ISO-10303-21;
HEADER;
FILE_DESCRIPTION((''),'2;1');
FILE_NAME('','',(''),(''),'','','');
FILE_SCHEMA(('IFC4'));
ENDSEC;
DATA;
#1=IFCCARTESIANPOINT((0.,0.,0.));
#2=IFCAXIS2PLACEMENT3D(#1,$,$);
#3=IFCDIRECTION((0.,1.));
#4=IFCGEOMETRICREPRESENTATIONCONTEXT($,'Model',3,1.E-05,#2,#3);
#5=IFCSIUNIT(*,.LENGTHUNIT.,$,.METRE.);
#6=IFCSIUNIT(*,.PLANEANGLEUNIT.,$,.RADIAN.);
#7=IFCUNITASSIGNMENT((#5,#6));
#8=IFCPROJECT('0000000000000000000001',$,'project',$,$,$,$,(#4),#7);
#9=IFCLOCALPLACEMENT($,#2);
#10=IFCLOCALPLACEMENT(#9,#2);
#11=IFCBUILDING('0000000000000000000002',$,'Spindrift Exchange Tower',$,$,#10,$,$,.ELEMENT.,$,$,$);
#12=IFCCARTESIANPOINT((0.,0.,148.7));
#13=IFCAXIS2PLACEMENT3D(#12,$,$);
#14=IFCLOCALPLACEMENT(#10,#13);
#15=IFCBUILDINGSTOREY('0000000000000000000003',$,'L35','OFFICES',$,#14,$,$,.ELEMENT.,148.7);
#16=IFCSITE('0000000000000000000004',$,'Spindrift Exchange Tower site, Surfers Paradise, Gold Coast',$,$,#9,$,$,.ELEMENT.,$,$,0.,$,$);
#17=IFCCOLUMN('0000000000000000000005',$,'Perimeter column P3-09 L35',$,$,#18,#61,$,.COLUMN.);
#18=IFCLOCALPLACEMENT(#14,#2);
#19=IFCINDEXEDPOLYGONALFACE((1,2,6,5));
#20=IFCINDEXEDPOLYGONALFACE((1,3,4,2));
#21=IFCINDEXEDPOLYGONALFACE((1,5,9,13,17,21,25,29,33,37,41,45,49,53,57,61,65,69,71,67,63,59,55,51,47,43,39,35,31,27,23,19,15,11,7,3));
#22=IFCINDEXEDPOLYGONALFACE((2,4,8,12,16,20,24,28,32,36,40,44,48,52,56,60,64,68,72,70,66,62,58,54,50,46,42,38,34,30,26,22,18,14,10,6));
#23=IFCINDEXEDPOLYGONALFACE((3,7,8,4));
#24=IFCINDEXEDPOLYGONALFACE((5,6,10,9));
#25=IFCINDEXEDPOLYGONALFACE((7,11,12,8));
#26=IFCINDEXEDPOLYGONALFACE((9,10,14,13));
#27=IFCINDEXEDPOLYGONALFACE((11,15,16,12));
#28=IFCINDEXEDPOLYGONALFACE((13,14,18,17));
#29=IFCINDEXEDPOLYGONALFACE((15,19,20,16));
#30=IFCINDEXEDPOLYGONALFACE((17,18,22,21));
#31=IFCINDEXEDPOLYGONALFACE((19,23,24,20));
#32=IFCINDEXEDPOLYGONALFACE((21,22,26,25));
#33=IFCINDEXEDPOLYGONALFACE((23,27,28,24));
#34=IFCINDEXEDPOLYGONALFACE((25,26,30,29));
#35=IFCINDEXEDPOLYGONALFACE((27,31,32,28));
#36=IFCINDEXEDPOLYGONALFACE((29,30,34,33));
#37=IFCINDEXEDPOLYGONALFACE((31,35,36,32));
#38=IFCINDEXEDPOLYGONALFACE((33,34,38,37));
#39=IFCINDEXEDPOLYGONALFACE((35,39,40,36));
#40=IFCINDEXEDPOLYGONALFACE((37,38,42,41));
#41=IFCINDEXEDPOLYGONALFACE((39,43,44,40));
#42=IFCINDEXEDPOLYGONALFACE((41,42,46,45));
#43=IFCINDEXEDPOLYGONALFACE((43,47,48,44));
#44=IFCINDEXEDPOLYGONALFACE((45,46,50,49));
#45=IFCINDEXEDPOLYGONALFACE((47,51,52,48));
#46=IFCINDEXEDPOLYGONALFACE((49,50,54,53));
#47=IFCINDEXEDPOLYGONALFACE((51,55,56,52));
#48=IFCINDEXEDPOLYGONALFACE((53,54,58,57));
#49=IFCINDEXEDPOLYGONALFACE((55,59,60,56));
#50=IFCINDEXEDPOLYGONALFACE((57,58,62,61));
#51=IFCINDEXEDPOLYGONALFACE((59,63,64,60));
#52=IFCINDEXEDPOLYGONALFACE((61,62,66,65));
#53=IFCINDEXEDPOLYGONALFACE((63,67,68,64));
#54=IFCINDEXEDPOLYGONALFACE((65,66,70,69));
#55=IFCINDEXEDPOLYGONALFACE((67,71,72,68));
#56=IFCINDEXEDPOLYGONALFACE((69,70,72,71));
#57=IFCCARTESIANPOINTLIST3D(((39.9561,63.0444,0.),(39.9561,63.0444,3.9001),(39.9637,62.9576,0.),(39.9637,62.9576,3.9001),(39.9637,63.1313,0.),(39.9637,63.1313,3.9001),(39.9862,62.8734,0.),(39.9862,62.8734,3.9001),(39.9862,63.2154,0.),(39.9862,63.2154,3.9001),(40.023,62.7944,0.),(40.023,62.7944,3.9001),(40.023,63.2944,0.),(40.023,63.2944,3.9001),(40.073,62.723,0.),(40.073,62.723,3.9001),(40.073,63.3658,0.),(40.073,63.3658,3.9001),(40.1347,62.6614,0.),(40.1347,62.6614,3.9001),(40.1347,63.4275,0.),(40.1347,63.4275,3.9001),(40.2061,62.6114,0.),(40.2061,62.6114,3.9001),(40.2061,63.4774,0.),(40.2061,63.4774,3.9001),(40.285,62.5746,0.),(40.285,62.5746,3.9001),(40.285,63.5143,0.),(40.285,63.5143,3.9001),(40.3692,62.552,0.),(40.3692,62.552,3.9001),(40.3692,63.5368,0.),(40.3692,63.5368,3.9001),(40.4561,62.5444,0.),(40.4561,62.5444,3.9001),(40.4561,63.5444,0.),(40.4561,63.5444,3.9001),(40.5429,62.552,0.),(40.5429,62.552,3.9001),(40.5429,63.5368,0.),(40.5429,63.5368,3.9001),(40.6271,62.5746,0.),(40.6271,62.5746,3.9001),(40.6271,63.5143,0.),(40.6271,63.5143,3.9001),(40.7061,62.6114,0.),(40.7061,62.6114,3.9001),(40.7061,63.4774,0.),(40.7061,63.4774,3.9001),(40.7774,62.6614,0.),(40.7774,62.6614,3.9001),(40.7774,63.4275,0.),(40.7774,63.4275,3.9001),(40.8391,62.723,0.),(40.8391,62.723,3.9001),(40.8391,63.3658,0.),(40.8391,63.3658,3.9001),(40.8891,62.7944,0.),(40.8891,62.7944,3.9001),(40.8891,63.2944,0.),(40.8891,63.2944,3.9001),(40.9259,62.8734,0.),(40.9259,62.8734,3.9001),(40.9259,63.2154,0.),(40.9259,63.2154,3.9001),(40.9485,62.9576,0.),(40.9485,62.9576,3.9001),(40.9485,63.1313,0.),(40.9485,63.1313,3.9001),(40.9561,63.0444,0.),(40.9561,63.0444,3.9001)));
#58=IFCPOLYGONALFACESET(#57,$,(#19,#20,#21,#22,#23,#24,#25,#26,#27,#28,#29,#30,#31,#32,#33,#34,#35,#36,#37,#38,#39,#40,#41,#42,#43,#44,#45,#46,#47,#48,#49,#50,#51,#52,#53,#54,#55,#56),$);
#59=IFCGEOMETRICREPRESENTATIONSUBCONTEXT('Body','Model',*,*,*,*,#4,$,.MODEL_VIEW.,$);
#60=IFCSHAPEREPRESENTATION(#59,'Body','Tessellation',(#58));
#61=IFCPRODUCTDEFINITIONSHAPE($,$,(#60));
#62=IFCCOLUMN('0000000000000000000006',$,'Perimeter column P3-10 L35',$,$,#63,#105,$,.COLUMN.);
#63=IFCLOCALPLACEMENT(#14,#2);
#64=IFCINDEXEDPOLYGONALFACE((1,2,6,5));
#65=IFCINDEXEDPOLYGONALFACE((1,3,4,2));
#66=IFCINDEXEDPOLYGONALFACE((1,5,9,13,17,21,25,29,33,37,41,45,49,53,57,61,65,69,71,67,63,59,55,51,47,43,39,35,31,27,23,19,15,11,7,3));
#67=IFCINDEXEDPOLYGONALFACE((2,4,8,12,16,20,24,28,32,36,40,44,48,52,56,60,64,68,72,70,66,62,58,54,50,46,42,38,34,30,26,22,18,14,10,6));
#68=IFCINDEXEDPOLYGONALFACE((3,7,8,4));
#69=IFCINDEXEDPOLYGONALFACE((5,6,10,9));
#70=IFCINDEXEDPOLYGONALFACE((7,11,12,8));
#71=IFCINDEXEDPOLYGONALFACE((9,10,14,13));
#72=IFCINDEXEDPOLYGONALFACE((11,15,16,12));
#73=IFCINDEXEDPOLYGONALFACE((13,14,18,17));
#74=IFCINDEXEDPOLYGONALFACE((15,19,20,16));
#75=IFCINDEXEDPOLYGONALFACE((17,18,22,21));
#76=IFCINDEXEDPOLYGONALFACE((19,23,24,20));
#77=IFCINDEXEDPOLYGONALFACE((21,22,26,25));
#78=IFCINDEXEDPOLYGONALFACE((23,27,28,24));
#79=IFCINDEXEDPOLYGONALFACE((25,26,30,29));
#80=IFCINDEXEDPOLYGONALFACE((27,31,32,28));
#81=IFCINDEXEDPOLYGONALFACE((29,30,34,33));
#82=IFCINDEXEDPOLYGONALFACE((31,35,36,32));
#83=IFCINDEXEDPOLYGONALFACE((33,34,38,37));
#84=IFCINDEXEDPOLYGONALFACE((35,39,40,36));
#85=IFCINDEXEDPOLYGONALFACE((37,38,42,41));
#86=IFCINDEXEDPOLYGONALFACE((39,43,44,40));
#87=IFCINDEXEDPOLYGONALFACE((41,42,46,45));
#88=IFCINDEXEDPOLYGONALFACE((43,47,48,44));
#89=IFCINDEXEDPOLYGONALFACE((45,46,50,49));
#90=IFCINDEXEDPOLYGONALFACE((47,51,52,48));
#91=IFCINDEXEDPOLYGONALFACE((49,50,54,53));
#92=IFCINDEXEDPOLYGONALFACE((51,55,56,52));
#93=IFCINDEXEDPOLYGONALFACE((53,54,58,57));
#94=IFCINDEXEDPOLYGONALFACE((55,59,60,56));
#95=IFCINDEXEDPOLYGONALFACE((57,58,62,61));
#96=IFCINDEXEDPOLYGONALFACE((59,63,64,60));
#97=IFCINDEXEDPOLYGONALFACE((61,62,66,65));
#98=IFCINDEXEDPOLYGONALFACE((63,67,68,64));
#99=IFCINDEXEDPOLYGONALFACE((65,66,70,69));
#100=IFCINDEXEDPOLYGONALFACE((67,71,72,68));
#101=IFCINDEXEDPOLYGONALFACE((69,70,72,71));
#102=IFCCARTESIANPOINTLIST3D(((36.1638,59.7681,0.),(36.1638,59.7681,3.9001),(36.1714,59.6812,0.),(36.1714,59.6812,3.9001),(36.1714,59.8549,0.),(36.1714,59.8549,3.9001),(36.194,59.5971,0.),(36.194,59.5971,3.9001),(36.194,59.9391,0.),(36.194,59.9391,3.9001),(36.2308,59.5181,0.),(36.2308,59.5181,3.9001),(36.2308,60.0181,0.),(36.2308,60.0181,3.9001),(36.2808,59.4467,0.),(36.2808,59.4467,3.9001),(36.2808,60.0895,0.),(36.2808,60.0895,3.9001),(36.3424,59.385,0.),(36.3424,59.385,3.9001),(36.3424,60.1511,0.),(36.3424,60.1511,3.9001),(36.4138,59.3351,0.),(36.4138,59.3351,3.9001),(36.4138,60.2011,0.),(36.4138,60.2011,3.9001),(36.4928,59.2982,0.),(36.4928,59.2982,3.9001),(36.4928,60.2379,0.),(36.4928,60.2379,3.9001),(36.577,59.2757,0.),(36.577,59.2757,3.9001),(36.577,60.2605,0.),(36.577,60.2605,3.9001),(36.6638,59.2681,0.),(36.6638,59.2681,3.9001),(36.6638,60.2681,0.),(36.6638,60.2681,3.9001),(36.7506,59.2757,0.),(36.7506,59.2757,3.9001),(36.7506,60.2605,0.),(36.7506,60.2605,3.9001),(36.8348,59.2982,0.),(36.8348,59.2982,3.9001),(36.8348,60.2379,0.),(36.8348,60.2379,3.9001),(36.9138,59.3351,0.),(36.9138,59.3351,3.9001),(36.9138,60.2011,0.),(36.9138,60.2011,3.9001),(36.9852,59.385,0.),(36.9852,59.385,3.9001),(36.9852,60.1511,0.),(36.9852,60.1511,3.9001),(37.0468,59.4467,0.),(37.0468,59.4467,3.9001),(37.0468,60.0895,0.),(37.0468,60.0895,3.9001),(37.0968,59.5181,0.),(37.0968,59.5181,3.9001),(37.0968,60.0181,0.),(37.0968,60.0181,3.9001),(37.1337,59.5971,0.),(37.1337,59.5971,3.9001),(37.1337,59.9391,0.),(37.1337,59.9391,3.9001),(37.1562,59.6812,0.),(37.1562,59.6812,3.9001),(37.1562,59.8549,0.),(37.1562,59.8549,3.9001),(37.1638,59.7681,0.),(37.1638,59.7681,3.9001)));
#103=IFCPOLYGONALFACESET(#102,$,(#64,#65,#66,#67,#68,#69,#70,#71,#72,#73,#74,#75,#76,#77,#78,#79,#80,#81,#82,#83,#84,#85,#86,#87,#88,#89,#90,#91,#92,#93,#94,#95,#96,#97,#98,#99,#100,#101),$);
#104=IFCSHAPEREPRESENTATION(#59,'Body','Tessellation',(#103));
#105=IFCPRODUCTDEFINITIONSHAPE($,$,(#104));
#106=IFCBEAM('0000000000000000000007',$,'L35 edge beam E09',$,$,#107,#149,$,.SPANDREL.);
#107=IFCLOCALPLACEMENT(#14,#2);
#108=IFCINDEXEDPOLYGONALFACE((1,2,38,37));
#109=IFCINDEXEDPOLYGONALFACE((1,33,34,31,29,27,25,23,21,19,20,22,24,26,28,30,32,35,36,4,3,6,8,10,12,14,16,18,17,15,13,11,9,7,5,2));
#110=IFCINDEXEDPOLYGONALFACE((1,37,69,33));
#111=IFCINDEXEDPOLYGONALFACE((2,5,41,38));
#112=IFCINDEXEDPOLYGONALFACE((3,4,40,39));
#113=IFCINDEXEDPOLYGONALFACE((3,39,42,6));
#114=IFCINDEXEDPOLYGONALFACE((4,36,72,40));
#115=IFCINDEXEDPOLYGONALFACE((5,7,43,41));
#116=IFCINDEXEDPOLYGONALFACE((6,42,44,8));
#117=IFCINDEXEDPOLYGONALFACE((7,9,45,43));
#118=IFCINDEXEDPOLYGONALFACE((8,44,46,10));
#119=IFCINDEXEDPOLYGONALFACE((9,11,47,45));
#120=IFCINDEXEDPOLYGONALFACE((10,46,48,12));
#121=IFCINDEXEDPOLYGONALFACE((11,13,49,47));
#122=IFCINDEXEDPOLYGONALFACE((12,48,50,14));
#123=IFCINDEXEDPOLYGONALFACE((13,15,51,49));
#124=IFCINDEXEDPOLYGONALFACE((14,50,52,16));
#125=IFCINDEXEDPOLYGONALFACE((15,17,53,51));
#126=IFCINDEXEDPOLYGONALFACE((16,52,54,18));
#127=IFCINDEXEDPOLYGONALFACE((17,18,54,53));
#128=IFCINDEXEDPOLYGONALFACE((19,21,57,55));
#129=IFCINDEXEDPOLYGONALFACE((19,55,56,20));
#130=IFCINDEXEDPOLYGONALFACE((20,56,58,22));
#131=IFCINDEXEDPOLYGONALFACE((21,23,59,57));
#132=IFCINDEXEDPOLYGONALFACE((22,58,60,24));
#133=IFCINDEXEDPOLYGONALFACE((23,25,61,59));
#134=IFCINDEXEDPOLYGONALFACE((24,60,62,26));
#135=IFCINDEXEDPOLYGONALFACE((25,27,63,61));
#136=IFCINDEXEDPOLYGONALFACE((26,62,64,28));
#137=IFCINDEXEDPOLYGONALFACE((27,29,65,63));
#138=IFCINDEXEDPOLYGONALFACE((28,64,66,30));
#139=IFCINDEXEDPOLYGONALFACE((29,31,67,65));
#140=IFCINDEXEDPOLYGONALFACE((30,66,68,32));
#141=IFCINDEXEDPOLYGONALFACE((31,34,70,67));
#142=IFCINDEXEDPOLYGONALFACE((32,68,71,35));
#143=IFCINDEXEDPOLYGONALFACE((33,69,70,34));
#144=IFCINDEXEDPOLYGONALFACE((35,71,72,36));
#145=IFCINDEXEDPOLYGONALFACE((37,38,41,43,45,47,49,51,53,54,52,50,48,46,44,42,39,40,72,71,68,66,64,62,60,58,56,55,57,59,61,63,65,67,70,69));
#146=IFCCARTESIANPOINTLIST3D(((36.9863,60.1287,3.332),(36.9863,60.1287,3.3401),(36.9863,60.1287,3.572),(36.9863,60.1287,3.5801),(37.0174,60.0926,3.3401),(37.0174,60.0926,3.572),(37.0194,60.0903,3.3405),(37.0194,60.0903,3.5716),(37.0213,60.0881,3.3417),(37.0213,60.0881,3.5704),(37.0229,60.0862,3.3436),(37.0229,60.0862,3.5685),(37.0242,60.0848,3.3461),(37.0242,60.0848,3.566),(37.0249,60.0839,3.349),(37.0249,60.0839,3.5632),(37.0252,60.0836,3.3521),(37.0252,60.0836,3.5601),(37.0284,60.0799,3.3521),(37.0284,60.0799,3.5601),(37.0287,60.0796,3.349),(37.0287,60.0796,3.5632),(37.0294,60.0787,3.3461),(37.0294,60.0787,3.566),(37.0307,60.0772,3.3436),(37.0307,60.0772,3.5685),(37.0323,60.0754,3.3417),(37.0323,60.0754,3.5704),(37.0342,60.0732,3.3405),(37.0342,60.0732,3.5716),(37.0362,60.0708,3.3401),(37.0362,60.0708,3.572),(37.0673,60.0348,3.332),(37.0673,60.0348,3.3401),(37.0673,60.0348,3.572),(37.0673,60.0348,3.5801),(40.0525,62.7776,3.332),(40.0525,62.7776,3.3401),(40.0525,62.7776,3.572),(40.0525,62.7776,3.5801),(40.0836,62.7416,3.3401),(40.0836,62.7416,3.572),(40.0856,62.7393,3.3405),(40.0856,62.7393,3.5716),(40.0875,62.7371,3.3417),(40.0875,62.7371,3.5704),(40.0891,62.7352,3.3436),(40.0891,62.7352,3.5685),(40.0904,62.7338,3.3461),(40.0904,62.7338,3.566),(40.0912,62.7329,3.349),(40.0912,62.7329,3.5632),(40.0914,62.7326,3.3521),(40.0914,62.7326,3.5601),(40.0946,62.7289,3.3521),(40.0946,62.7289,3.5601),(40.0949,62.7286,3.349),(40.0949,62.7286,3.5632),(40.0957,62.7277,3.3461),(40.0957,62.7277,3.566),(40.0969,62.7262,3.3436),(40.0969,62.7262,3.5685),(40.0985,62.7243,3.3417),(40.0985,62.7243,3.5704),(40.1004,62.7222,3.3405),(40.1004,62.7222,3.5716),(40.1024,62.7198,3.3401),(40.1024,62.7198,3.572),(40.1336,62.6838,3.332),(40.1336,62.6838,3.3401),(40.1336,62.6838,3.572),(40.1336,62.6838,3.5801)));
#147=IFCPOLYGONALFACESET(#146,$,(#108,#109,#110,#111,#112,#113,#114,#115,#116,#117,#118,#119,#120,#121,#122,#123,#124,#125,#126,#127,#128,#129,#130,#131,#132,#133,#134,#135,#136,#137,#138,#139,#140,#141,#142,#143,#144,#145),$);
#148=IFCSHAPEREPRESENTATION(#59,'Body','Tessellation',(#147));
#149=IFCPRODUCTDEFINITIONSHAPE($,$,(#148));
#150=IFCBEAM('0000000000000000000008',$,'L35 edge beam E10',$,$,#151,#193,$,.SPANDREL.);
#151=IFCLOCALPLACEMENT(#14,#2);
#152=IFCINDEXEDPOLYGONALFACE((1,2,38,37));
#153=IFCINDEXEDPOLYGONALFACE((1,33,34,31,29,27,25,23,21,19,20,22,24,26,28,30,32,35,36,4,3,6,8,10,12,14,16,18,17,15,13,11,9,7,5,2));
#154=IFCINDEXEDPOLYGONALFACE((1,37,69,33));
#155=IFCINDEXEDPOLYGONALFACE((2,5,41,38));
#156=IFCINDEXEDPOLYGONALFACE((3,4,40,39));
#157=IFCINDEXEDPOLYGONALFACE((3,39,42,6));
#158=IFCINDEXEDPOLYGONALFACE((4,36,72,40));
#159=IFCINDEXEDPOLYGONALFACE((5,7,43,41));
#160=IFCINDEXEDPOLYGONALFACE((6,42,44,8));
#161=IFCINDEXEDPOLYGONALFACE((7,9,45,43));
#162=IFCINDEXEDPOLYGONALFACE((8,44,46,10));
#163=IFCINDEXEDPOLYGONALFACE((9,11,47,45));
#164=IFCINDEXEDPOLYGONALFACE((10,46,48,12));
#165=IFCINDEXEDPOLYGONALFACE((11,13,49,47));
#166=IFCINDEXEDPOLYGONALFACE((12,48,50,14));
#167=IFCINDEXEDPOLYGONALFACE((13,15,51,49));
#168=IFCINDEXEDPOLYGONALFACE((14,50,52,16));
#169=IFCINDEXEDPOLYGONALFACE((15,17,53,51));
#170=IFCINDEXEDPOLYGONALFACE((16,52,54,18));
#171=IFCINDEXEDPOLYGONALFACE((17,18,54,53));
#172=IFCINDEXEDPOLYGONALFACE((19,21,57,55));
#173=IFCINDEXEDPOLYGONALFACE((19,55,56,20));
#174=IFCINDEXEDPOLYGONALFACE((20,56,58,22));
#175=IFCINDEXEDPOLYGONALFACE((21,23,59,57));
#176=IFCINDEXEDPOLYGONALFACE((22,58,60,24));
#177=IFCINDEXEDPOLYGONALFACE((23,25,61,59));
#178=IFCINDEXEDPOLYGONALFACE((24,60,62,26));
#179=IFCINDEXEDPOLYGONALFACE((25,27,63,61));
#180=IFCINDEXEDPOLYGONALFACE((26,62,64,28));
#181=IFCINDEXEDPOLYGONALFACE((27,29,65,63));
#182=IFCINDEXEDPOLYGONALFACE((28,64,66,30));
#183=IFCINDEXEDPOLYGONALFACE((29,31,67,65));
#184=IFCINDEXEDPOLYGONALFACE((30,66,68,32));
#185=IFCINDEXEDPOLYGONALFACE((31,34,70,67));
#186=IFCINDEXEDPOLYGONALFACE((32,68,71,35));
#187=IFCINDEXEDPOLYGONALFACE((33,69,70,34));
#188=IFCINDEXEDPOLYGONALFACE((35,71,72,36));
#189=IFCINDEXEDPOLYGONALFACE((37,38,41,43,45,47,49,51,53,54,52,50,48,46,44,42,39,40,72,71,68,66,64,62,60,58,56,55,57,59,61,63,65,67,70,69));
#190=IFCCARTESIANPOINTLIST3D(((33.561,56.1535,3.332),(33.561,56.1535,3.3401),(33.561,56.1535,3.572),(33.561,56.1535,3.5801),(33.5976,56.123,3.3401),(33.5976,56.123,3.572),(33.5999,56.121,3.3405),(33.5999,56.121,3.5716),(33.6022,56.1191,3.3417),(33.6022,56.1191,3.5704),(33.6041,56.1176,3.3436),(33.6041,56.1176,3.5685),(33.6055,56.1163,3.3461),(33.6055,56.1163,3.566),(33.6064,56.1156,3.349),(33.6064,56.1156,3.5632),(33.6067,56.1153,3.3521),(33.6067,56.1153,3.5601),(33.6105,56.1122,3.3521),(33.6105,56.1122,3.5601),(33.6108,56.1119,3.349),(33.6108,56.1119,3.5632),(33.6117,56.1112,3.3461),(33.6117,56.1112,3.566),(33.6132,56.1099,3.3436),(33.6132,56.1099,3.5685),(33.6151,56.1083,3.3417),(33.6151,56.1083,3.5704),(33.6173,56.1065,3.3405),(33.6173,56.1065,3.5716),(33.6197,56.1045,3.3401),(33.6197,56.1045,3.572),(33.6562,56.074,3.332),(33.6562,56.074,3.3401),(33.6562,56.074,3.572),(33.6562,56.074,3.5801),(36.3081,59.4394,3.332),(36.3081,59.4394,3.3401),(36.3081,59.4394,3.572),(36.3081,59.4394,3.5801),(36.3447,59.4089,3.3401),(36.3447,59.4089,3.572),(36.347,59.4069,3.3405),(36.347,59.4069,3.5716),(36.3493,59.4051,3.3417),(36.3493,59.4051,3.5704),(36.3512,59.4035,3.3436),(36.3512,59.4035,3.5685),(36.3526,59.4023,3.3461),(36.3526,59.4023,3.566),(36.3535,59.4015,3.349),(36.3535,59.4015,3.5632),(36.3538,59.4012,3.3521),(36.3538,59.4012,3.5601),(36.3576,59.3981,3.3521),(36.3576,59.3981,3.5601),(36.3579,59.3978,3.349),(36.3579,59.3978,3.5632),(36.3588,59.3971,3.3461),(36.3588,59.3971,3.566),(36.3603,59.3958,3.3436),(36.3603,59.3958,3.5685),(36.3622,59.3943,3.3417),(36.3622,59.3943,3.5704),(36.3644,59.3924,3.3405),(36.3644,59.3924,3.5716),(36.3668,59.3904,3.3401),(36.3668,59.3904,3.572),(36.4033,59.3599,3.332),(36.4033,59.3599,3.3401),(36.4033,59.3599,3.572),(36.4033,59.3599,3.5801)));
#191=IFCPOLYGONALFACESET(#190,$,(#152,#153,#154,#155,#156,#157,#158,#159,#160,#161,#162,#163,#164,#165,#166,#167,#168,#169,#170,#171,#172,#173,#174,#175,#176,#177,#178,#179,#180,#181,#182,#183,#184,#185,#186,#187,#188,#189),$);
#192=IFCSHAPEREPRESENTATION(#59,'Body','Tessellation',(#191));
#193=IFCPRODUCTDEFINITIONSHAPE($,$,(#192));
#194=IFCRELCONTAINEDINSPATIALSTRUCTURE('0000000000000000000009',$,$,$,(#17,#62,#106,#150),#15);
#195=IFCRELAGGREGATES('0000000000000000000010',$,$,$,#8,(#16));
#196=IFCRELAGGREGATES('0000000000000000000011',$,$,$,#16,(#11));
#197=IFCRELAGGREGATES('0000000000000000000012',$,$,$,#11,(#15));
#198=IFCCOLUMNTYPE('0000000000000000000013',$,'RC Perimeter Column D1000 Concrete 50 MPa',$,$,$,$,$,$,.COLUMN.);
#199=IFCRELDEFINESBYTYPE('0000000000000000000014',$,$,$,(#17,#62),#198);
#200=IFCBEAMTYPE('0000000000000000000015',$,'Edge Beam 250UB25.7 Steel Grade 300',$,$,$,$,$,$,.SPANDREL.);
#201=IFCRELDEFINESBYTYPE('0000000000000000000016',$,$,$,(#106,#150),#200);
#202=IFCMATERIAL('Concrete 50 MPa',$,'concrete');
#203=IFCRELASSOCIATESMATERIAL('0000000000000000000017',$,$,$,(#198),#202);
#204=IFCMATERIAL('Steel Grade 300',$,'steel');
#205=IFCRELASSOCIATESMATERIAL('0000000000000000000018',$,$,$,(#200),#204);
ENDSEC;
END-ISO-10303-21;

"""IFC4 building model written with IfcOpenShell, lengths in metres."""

from ifc_helpers import new_model, si_unit, direction, frame, origin, origin_2d, place, context, subcontext, project, spatial, circle, i_section, extrude, source, transform, mapped, material, material_profile, profile_set, type_object, element, save


model = new_model("IFC4")

# Units and contexts
model_context = context("Model", 3, precision=1e-05, world=origin(), true_north=direction((0.0, 1.0)))
body_context = subcontext(model_context, "Body", "Model", "MODEL_VIEW")
ifc_project = project(units=[si_unit("LENGTHUNIT", "METRE"), si_unit("PLANEANGLEUNIT", "RADIAN")], contexts=[model_context])

# Site, building, storey
site_placement = place(None, origin())
site = spatial("IfcSite", under=ifc_project, at=site_placement, Name="Spindrift Exchange Tower site, Surfers Paradise, Gold Coast", CompositionType="ELEMENT", RefElevation=0.0)
building_placement = place(site_placement, origin())
building = spatial("IfcBuilding", under=site, at=building_placement, Name="Spindrift Exchange Tower", CompositionType="ELEMENT")
storey_placement = place(building_placement, frame((0.0, 0.0, 148.7)))
storey = spatial("IfcBuildingStorey", under=building, at=storey_placement, Name="L35", Description="OFFICES", CompositionType="ELEMENT", Elevation=148.7)

# Columns
ifc_material_1 = material(Name="Concrete 50 MPa", Category="concrete")
ifc_material_profile_1 = material_profile(ifc_material_1, circle(Radius=0.5, at=origin_2d()), Name="RC D1000")
ifc_profile_set_1 = profile_set([ifc_material_profile_1], Name="Concrete 50 MPa")
column_type = type_object("IfcColumnType", Name="RC Perimeter Column D1000 Concrete 50 MPa", PredefinedType="COLUMN", material=ifc_profile_set_1)
shared_shape_1 = source(origin(), body_context, "Body", "SweptSolid", [
    extrude(circle(Radius=0.5, at=origin_2d()), origin(), (0.0, 0.0, 1.0), 3.9001),
])
for number, where, z_axis, x_axis, name in (
    (1, (40.4561, 63.0444, 0.0), (0.0, 0.0, 1.0), (1.0, 0.0, 0.0), "Perimeter column P3-09 L35"),
    (2, (36.6638, 59.7681, 0.0), (0.0, 0.0, 1.0), (1.0, 0.0, 0.0), "Perimeter column P3-10 L35"),
):
    element("IfcColumn", number, at=place(storey_placement, frame(where, z_axis=z_axis, x_axis=x_axis)), inside=storey, type_object=column_type, Name=name, PredefinedType="COLUMN", context=body_context, shape_type="MappedRepresentation", body=[
        mapped(shared_shape_1, transform((0.0, 0.0, 0.0), scale=1.0)),
    ])

# Beams
ifc_material_2 = material(Name="Steel Grade 300", Category="steel")
ifc_material_profile_2 = material_profile(ifc_material_2, i_section(OverallWidth=0.124, OverallDepth=0.248, WebThickness=0.0049, FlangeThickness=0.0081, FilletRadius=0.012, at=origin_2d()), Name="250UB25.7")
ifc_profile_set_2 = profile_set([ifc_material_profile_2], Name="Steel Grade 300")
beam_type = type_object("IfcBeamType", Name="Edge Beam 250UB25.7 Steel Grade 300", PredefinedType="SPANDREL", material=ifc_profile_set_2)
shared_shape_2 = source(origin(), body_context, "Body", "SweptSolid", [
    extrude(i_section(OverallWidth=0.124, OverallDepth=0.248, WebThickness=0.0049, FlangeThickness=0.0081, FilletRadius=0.012, at=origin_2d()), origin(), (0.0, 0.0, 1.0), 4.052),
])
beam_1_placement = place(storey_placement, frame((40.093, 62.7307, 3.4561), z_axis=(-0.756716, -0.653744, 0.0), x_axis=(0.653744, -0.756716, 0.0)))
element("IfcBeam", 3, at=beam_1_placement, inside=storey, type_object=beam_type, Name="L35 edge beam E09", PredefinedType="SPANDREL", context=body_context, shape_type="MappedRepresentation", body=[
    mapped(shared_shape_2, transform((0.0, 0.0, 0.0), scale=1.0)),
])
shared_shape_3 = source(origin(), body_context, "Body", "SweptSolid", [
    extrude(i_section(OverallWidth=0.124, OverallDepth=0.248, WebThickness=0.0049, FlangeThickness=0.0081, FilletRadius=0.012, at=origin_2d()), origin(), (0.0, 0.0, 1.0), 4.283),
])
beam_2_placement = place(storey_placement, frame((36.3557, 59.3997, 3.4561), z_axis=(-0.6414, -0.767206, 0.0), x_axis=(0.767206, -0.6414, 0.0)))
element("IfcBeam", 4, at=beam_2_placement, inside=storey, type_object=beam_type, Name="L35 edge beam E10", PredefinedType="SPANDREL", context=body_context, shape_type="MappedRepresentation", body=[
    mapped(shared_shape_3, transform((0.0, 0.0, 0.0), scale=1.0)),
])

save(model, "model.ifc")
